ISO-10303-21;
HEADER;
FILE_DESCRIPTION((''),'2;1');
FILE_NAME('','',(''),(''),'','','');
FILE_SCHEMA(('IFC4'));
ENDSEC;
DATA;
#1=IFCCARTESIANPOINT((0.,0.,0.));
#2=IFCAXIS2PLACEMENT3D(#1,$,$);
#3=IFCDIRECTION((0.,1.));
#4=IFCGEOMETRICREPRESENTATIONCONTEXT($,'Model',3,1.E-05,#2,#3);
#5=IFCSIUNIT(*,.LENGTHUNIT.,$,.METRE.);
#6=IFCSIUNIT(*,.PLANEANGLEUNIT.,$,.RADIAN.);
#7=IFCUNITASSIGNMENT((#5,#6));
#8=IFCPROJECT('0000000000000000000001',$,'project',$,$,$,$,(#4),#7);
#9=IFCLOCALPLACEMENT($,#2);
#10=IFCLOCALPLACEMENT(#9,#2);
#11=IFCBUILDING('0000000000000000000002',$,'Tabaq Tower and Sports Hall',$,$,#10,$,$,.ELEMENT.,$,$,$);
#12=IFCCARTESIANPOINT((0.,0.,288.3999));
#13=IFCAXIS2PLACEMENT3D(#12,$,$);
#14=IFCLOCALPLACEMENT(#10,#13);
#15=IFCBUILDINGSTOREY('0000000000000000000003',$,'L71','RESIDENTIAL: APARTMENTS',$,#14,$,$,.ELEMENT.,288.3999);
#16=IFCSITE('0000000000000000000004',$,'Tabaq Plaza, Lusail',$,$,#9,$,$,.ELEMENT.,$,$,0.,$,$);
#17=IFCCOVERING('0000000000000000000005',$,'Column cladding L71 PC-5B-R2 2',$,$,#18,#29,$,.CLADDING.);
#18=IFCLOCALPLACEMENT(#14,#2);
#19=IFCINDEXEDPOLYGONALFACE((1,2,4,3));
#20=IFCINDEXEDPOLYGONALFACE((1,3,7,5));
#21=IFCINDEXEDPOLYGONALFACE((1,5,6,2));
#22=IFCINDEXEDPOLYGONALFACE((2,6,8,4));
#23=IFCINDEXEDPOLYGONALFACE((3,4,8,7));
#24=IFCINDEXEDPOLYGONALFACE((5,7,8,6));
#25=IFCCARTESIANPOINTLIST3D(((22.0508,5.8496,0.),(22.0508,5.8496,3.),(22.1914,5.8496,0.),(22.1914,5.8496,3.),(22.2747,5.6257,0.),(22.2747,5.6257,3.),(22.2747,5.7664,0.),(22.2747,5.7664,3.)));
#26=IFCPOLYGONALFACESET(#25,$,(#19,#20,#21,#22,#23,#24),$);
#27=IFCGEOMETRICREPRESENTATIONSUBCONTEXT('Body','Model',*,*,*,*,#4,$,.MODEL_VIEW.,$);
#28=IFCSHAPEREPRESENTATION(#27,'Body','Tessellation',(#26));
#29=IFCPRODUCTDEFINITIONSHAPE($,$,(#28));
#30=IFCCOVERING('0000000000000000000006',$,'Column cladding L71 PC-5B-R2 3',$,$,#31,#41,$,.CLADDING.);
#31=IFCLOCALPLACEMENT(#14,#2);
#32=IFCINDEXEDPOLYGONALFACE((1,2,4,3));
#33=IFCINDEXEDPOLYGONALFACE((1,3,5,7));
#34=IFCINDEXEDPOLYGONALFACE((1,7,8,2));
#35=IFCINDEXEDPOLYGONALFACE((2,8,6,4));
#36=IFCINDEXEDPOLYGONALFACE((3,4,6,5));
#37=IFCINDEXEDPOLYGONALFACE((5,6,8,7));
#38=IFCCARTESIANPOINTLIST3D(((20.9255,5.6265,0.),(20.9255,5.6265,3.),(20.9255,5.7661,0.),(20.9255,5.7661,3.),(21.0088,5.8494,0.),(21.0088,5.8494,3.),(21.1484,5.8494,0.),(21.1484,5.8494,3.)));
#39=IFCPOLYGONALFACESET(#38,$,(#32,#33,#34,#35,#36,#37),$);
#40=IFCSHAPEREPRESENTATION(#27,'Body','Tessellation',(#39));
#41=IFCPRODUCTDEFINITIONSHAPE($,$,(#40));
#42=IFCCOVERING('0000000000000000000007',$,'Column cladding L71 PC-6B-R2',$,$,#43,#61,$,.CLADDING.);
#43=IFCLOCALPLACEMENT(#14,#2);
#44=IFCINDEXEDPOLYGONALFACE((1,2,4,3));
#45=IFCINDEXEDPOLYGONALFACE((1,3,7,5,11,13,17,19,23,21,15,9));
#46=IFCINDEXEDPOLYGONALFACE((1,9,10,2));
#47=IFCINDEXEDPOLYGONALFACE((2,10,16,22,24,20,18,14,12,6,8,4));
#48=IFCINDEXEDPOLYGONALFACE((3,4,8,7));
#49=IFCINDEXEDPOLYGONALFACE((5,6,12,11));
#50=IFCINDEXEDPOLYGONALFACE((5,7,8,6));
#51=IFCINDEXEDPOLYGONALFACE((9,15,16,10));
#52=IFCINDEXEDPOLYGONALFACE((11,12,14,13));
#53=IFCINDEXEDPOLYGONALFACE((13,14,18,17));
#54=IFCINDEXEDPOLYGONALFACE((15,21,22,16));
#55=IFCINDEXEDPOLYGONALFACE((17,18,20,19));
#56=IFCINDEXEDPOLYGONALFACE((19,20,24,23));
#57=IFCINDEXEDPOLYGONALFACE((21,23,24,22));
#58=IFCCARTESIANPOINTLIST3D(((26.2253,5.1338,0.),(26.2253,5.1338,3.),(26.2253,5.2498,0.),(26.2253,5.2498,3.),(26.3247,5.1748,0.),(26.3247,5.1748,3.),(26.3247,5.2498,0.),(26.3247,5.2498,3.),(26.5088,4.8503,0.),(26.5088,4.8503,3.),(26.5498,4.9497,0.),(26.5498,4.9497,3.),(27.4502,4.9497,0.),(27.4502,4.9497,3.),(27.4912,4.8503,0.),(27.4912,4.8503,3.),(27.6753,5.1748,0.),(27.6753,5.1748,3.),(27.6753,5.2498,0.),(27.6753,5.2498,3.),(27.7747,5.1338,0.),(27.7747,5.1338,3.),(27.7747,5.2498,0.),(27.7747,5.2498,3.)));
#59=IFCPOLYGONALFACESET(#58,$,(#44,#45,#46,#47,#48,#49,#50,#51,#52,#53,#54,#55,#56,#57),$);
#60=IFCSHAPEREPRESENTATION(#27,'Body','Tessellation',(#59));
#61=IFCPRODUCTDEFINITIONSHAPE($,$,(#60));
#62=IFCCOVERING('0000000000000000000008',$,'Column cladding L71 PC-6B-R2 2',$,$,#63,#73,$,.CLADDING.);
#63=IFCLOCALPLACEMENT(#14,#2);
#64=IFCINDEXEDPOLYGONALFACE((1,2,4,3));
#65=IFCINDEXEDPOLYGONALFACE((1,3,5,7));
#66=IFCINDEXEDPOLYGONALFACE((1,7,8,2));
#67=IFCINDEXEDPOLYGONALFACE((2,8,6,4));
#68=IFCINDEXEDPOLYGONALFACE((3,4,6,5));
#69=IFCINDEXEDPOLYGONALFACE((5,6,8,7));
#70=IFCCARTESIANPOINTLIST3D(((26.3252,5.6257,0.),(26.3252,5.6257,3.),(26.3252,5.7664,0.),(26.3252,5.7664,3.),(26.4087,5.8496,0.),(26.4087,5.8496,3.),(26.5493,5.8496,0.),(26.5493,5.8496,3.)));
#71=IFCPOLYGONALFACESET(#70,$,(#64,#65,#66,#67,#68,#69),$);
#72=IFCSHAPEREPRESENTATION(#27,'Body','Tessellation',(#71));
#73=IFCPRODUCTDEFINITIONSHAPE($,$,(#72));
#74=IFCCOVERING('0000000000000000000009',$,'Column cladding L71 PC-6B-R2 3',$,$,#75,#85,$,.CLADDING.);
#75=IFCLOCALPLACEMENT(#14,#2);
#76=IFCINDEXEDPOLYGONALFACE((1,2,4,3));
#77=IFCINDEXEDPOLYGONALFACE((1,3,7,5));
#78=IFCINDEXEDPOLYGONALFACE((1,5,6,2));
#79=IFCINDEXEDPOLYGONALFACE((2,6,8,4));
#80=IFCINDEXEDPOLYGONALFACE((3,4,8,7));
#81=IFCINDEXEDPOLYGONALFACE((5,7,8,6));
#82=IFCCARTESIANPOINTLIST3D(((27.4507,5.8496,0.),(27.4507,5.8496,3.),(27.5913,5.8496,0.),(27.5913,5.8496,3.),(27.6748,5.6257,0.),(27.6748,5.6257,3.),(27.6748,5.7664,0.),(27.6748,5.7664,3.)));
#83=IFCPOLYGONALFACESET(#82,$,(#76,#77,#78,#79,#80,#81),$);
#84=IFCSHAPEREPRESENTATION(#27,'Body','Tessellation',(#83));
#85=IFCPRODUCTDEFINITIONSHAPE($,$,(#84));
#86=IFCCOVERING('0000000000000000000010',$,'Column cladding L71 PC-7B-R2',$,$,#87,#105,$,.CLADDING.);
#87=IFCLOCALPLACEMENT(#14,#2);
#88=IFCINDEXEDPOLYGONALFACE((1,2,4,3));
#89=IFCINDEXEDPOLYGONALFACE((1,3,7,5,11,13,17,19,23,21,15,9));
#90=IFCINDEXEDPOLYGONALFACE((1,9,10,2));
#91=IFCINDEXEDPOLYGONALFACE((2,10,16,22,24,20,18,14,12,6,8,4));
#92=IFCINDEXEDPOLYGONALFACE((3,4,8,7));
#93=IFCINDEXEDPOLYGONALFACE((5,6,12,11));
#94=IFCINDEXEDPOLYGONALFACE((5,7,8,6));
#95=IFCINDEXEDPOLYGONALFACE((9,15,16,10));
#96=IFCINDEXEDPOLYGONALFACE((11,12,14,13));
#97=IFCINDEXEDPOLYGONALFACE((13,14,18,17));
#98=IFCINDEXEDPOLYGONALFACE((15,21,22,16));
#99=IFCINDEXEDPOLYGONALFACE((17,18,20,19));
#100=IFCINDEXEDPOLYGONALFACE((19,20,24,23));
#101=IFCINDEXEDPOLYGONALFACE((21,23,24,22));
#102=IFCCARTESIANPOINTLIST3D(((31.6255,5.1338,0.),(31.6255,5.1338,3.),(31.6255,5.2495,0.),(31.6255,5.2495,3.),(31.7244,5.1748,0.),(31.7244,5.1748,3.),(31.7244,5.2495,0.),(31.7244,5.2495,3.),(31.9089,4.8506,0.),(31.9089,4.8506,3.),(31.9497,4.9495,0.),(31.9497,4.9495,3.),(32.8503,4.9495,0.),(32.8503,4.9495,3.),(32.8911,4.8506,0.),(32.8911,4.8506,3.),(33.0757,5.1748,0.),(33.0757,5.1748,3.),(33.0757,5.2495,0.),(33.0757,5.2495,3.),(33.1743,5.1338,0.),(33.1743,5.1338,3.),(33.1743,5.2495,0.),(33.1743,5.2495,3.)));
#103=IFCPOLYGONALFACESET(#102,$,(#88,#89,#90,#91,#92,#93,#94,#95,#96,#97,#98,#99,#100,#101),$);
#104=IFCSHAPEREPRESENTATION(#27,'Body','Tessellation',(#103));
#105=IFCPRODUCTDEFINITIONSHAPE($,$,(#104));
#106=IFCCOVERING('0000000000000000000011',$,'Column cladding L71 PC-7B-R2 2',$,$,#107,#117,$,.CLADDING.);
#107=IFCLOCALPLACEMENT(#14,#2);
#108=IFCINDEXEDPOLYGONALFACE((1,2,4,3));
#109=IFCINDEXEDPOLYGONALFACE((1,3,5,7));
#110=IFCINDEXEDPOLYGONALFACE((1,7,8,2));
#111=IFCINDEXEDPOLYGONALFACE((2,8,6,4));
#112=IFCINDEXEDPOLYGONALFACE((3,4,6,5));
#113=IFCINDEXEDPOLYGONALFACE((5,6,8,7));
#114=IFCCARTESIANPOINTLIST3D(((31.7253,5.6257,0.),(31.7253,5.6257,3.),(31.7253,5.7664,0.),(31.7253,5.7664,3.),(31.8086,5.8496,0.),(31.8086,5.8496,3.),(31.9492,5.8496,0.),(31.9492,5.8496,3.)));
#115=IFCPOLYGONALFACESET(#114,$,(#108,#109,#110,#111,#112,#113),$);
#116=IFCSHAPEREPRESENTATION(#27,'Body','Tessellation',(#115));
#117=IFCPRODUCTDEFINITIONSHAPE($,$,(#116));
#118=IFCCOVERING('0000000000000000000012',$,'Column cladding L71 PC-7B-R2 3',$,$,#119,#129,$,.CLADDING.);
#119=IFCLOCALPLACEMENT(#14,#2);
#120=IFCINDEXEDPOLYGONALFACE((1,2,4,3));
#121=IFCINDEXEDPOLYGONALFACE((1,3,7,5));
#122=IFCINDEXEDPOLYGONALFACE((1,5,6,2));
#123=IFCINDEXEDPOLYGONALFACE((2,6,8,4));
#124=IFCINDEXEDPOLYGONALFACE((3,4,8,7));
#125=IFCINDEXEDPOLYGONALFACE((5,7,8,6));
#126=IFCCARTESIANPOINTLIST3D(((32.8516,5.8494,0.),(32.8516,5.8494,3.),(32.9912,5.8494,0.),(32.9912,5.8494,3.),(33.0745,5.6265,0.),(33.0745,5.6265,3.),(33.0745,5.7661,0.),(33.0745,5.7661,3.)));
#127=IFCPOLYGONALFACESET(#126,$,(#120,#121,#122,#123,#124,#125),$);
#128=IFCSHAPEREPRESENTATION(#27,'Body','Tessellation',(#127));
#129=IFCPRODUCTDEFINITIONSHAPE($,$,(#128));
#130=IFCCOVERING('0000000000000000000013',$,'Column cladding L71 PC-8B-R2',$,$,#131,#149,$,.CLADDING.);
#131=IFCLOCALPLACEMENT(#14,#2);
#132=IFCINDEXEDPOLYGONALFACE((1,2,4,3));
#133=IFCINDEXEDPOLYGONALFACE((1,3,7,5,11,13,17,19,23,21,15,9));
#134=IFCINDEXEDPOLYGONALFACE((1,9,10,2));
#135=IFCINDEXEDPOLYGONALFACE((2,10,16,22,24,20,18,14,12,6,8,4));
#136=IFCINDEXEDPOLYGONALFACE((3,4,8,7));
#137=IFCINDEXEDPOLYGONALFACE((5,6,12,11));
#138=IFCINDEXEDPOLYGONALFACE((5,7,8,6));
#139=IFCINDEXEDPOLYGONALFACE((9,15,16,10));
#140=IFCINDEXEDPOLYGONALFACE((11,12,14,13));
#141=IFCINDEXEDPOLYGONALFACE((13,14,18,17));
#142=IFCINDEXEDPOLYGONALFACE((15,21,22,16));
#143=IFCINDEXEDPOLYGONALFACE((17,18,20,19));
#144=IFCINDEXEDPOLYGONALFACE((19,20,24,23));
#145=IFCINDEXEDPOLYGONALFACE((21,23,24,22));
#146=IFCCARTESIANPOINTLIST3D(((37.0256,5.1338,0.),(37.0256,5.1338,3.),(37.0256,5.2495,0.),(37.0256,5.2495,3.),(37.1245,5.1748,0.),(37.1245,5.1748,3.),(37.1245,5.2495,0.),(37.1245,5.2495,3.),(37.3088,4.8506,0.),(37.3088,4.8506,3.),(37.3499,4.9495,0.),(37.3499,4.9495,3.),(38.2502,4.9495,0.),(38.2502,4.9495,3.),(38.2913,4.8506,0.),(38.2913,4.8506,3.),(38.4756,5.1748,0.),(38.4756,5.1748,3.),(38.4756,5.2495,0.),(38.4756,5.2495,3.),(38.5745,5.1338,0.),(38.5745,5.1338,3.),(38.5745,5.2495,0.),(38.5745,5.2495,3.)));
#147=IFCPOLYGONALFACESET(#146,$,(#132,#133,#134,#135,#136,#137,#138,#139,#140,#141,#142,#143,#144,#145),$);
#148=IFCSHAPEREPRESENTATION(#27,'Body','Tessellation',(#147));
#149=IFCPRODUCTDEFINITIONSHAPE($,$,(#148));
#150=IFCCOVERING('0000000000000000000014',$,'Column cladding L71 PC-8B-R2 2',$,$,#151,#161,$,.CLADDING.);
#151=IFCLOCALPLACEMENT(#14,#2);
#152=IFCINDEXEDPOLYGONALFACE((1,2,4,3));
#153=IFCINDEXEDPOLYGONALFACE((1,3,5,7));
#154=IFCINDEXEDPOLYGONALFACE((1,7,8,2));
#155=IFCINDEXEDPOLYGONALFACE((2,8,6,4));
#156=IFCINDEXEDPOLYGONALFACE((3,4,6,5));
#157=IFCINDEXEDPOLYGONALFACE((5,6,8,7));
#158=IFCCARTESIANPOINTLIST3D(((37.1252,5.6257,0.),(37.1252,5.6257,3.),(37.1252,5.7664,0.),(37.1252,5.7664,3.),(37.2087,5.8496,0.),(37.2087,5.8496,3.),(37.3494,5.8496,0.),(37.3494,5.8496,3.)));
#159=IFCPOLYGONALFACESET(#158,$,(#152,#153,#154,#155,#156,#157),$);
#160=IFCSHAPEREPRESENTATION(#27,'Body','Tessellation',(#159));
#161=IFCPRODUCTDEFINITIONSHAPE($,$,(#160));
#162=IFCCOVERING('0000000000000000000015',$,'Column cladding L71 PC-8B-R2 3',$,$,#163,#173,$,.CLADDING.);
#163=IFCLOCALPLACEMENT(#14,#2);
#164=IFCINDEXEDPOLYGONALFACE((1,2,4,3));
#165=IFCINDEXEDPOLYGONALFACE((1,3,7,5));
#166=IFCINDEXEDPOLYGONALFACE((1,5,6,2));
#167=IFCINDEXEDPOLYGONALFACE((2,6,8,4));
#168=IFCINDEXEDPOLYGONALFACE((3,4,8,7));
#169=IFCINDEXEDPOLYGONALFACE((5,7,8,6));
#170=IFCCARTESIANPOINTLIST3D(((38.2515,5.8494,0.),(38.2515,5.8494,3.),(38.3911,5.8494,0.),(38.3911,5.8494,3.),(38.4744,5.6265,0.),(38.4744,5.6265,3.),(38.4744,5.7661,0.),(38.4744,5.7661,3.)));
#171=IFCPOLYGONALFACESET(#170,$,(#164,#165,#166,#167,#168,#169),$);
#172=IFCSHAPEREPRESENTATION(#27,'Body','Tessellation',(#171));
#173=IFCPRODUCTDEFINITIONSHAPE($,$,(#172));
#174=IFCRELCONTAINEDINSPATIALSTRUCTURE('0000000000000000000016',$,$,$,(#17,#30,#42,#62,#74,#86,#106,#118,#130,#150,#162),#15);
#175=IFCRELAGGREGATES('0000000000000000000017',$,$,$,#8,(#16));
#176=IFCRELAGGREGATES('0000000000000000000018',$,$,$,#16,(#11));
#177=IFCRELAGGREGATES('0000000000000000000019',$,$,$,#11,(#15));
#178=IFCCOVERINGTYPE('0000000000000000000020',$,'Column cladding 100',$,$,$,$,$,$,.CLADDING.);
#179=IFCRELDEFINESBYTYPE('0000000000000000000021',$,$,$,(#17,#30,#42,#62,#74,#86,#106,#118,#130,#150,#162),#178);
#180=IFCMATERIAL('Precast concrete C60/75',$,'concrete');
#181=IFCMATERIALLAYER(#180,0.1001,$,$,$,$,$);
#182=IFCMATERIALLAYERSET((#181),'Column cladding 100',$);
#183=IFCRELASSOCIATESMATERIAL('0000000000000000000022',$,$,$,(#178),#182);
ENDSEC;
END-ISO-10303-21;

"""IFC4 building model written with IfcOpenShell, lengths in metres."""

from ifc_helpers import new_model, si_unit, direction, frame, origin, place, context, subcontext, project, spatial, polyline, outline, extrude, material, layer, layer_set, type_object, element, save


model = new_model("IFC4")

# Units and contexts
model_context = context("Model", 3, precision=1e-05, world=origin(), true_north=direction((0.0, 1.0)))
body_context = subcontext(model_context, "Body", "Model", "MODEL_VIEW")
ifc_project = project(units=[si_unit("LENGTHUNIT", "METRE"), si_unit("PLANEANGLEUNIT", "RADIAN")], contexts=[model_context])

# Site, building, storey
site_placement = place(None, origin())
site = spatial("IfcSite", under=ifc_project, at=site_placement, Name="Tabaq Plaza, Lusail", CompositionType="ELEMENT", RefElevation=0.0)
building_placement = place(site_placement, origin())
building = spatial("IfcBuilding", under=site, at=building_placement, Name="Tabaq Tower and Sports Hall", CompositionType="ELEMENT")
storey_placement = place(building_placement, frame((0.0, 0.0, 288.3999)))
storey = spatial("IfcBuildingStorey", under=building, at=storey_placement, Name="L71", Description="RESIDENTIAL: APARTMENTS", CompositionType="ELEMENT", Elevation=288.3999)

# Coverings
ifc_material_1 = material(Name="Precast concrete C60/75", Category="concrete")
ifc_layer_1 = layer(ifc_material_1, 0.1001)
ifc_layer_set_1 = layer_set([ifc_layer_1], Name="Column cladding 100")
covering_type = type_object("IfcCoveringType", Name="Column cladding 100", PredefinedType="CLADDING", material=ifc_layer_set_1)
covering_1_placement = place(storey_placement, origin())
element("IfcCovering", 1, at=covering_1_placement, inside=storey, type_object=covering_type, Name="Column cladding L71 PC-5B-R2 2", PredefinedType="CLADDING", context=body_context, shape_type="SweptSolid", body=[
    extrude(outline(polyline([(22.2747, 5.7664), (22.2747, 5.6257), (22.0508, 5.8496), (22.1914, 5.8496), (22.2747, 5.7664)])), origin(), (0.0, 0.0, 1.0), 3.0),
])
covering_2_placement = place(storey_placement, origin())
element("IfcCovering", 2, at=covering_2_placement, inside=storey, type_object=covering_type, Name="Column cladding L71 PC-5B-R2 3", PredefinedType="CLADDING", context=body_context, shape_type="SweptSolid", body=[
    extrude(outline(polyline([(20.9255, 5.6265), (20.9255, 5.7661), (21.0088, 5.8494), (21.1484, 5.8494), (20.9255, 5.6265)])), origin(), (0.0, 0.0, 1.0), 3.0),
])
covering_3_placement = place(storey_placement, origin())
element("IfcCovering", 3, at=covering_3_placement, inside=storey, type_object=covering_type, Name="Column cladding L71 PC-6B-R2", PredefinedType="CLADDING", context=body_context, shape_type="SweptSolid", body=[
    extrude(outline(polyline([(26.2253, 5.2498), (26.3247, 5.2498), (26.3247, 5.1748), (26.5498, 4.9497), (27.4502, 4.9497), (27.6753, 5.1748), (27.6753, 5.2498), (27.7747, 5.2498), (27.7747, 5.1338), (27.4912, 4.8503), (26.5088, 4.8503), (26.2253, 5.1338), (26.2253, 5.2498)])), origin(), (0.0, 0.0, 1.0), 3.0),
])
covering_4_placement = place(storey_placement, origin())
element("IfcCovering", 4, at=covering_4_placement, inside=storey, type_object=covering_type, Name="Column cladding L71 PC-6B-R2 2", PredefinedType="CLADDING", context=body_context, shape_type="SweptSolid", body=[
    extrude(outline(polyline([(26.4087, 5.8496), (26.5493, 5.8496), (26.3252, 5.6257), (26.3252, 5.7664), (26.4087, 5.8496)])), origin(), (0.0, 0.0, 1.0), 3.0),
])
covering_5_placement = place(storey_placement, origin())
element("IfcCovering", 5, at=covering_5_placement, inside=storey, type_object=covering_type, Name="Column cladding L71 PC-6B-R2 3", PredefinedType="CLADDING", context=body_context, shape_type="SweptSolid", body=[
    extrude(outline(polyline([(27.6748, 5.7664), (27.6748, 5.6257), (27.4507, 5.8496), (27.5913, 5.8496), (27.6748, 5.7664)])), origin(), (0.0, 0.0, 1.0), 3.0),
])
covering_6_placement = place(storey_placement, origin())
element("IfcCovering", 6, at=covering_6_placement, inside=storey, type_object=covering_type, Name="Column cladding L71 PC-7B-R2", PredefinedType="CLADDING", context=body_context, shape_type="SweptSolid", body=[
    extrude(outline(polyline([(31.6255, 5.2495), (31.7244, 5.2495), (31.7244, 5.1748), (31.9497, 4.9495), (32.8503, 4.9495), (33.0757, 5.1748), (33.0757, 5.2495), (33.1743, 5.2495), (33.1743, 5.1338), (32.8911, 4.8506), (31.9089, 4.8506), (31.6255, 5.1338), (31.6255, 5.2495)])), origin(), (0.0, 0.0, 1.0), 3.0),
])
covering_7_placement = place(storey_placement, origin())
element("IfcCovering", 7, at=covering_7_placement, inside=storey, type_object=covering_type, Name="Column cladding L71 PC-7B-R2 2", PredefinedType="CLADDING", context=body_context, shape_type="SweptSolid", body=[
    extrude(outline(polyline([(31.8086, 5.8496), (31.9492, 5.8496), (31.7253, 5.6257), (31.7253, 5.7664), (31.8086, 5.8496)])), origin(), (0.0, 0.0, 1.0), 3.0),
])
covering_8_placement = place(storey_placement, origin())
element("IfcCovering", 8, at=covering_8_placement, inside=storey, type_object=covering_type, Name="Column cladding L71 PC-7B-R2 3", PredefinedType="CLADDING", context=body_context, shape_type="SweptSolid", body=[
    extrude(outline(polyline([(33.0745, 5.6265), (32.8516, 5.8494), (32.9912, 5.8494), (33.0745, 5.7661), (33.0745, 5.6265)])), origin(), (0.0, 0.0, 1.0), 3.0),
])
covering_9_placement = place(storey_placement, origin())
element("IfcCovering", 9, at=covering_9_placement, inside=storey, type_object=covering_type, Name="Column cladding L71 PC-8B-R2", PredefinedType="CLADDING", context=body_context, shape_type="SweptSolid", body=[
    extrude(outline(polyline([(37.0256, 5.2495), (37.1245, 5.2495), (37.1245, 5.1748), (37.3499, 4.9495), (38.2502, 4.9495), (38.4756, 5.1748), (38.4756, 5.2495), (38.5745, 5.2495), (38.5745, 5.1338), (38.2913, 4.8506), (37.3088, 4.8506), (37.0256, 5.1338), (37.0256, 5.2495)])), origin(), (0.0, 0.0, 1.0), 3.0),
])
covering_10_placement = place(storey_placement, origin())
element("IfcCovering", 10, at=covering_10_placement, inside=storey, type_object=covering_type, Name="Column cladding L71 PC-8B-R2 2", PredefinedType="CLADDING", context=body_context, shape_type="SweptSolid", body=[
    extrude(outline(polyline([(37.2087, 5.8496), (37.3494, 5.8496), (37.1252, 5.6257), (37.1252, 5.7664), (37.2087, 5.8496)])), origin(), (0.0, 0.0, 1.0), 3.0),
])
covering_11_placement = place(storey_placement, origin())
element("IfcCovering", 11, at=covering_11_placement, inside=storey, type_object=covering_type, Name="Column cladding L71 PC-8B-R2 3", PredefinedType="CLADDING", context=body_context, shape_type="SweptSolid", body=[
    extrude(outline(polyline([(38.4744, 5.6265), (38.2515, 5.8494), (38.3911, 5.8494), (38.4744, 5.7661), (38.4744, 5.6265)])), origin(), (0.0, 0.0, 1.0), 3.0),
])

save(model, "model.ifc")
